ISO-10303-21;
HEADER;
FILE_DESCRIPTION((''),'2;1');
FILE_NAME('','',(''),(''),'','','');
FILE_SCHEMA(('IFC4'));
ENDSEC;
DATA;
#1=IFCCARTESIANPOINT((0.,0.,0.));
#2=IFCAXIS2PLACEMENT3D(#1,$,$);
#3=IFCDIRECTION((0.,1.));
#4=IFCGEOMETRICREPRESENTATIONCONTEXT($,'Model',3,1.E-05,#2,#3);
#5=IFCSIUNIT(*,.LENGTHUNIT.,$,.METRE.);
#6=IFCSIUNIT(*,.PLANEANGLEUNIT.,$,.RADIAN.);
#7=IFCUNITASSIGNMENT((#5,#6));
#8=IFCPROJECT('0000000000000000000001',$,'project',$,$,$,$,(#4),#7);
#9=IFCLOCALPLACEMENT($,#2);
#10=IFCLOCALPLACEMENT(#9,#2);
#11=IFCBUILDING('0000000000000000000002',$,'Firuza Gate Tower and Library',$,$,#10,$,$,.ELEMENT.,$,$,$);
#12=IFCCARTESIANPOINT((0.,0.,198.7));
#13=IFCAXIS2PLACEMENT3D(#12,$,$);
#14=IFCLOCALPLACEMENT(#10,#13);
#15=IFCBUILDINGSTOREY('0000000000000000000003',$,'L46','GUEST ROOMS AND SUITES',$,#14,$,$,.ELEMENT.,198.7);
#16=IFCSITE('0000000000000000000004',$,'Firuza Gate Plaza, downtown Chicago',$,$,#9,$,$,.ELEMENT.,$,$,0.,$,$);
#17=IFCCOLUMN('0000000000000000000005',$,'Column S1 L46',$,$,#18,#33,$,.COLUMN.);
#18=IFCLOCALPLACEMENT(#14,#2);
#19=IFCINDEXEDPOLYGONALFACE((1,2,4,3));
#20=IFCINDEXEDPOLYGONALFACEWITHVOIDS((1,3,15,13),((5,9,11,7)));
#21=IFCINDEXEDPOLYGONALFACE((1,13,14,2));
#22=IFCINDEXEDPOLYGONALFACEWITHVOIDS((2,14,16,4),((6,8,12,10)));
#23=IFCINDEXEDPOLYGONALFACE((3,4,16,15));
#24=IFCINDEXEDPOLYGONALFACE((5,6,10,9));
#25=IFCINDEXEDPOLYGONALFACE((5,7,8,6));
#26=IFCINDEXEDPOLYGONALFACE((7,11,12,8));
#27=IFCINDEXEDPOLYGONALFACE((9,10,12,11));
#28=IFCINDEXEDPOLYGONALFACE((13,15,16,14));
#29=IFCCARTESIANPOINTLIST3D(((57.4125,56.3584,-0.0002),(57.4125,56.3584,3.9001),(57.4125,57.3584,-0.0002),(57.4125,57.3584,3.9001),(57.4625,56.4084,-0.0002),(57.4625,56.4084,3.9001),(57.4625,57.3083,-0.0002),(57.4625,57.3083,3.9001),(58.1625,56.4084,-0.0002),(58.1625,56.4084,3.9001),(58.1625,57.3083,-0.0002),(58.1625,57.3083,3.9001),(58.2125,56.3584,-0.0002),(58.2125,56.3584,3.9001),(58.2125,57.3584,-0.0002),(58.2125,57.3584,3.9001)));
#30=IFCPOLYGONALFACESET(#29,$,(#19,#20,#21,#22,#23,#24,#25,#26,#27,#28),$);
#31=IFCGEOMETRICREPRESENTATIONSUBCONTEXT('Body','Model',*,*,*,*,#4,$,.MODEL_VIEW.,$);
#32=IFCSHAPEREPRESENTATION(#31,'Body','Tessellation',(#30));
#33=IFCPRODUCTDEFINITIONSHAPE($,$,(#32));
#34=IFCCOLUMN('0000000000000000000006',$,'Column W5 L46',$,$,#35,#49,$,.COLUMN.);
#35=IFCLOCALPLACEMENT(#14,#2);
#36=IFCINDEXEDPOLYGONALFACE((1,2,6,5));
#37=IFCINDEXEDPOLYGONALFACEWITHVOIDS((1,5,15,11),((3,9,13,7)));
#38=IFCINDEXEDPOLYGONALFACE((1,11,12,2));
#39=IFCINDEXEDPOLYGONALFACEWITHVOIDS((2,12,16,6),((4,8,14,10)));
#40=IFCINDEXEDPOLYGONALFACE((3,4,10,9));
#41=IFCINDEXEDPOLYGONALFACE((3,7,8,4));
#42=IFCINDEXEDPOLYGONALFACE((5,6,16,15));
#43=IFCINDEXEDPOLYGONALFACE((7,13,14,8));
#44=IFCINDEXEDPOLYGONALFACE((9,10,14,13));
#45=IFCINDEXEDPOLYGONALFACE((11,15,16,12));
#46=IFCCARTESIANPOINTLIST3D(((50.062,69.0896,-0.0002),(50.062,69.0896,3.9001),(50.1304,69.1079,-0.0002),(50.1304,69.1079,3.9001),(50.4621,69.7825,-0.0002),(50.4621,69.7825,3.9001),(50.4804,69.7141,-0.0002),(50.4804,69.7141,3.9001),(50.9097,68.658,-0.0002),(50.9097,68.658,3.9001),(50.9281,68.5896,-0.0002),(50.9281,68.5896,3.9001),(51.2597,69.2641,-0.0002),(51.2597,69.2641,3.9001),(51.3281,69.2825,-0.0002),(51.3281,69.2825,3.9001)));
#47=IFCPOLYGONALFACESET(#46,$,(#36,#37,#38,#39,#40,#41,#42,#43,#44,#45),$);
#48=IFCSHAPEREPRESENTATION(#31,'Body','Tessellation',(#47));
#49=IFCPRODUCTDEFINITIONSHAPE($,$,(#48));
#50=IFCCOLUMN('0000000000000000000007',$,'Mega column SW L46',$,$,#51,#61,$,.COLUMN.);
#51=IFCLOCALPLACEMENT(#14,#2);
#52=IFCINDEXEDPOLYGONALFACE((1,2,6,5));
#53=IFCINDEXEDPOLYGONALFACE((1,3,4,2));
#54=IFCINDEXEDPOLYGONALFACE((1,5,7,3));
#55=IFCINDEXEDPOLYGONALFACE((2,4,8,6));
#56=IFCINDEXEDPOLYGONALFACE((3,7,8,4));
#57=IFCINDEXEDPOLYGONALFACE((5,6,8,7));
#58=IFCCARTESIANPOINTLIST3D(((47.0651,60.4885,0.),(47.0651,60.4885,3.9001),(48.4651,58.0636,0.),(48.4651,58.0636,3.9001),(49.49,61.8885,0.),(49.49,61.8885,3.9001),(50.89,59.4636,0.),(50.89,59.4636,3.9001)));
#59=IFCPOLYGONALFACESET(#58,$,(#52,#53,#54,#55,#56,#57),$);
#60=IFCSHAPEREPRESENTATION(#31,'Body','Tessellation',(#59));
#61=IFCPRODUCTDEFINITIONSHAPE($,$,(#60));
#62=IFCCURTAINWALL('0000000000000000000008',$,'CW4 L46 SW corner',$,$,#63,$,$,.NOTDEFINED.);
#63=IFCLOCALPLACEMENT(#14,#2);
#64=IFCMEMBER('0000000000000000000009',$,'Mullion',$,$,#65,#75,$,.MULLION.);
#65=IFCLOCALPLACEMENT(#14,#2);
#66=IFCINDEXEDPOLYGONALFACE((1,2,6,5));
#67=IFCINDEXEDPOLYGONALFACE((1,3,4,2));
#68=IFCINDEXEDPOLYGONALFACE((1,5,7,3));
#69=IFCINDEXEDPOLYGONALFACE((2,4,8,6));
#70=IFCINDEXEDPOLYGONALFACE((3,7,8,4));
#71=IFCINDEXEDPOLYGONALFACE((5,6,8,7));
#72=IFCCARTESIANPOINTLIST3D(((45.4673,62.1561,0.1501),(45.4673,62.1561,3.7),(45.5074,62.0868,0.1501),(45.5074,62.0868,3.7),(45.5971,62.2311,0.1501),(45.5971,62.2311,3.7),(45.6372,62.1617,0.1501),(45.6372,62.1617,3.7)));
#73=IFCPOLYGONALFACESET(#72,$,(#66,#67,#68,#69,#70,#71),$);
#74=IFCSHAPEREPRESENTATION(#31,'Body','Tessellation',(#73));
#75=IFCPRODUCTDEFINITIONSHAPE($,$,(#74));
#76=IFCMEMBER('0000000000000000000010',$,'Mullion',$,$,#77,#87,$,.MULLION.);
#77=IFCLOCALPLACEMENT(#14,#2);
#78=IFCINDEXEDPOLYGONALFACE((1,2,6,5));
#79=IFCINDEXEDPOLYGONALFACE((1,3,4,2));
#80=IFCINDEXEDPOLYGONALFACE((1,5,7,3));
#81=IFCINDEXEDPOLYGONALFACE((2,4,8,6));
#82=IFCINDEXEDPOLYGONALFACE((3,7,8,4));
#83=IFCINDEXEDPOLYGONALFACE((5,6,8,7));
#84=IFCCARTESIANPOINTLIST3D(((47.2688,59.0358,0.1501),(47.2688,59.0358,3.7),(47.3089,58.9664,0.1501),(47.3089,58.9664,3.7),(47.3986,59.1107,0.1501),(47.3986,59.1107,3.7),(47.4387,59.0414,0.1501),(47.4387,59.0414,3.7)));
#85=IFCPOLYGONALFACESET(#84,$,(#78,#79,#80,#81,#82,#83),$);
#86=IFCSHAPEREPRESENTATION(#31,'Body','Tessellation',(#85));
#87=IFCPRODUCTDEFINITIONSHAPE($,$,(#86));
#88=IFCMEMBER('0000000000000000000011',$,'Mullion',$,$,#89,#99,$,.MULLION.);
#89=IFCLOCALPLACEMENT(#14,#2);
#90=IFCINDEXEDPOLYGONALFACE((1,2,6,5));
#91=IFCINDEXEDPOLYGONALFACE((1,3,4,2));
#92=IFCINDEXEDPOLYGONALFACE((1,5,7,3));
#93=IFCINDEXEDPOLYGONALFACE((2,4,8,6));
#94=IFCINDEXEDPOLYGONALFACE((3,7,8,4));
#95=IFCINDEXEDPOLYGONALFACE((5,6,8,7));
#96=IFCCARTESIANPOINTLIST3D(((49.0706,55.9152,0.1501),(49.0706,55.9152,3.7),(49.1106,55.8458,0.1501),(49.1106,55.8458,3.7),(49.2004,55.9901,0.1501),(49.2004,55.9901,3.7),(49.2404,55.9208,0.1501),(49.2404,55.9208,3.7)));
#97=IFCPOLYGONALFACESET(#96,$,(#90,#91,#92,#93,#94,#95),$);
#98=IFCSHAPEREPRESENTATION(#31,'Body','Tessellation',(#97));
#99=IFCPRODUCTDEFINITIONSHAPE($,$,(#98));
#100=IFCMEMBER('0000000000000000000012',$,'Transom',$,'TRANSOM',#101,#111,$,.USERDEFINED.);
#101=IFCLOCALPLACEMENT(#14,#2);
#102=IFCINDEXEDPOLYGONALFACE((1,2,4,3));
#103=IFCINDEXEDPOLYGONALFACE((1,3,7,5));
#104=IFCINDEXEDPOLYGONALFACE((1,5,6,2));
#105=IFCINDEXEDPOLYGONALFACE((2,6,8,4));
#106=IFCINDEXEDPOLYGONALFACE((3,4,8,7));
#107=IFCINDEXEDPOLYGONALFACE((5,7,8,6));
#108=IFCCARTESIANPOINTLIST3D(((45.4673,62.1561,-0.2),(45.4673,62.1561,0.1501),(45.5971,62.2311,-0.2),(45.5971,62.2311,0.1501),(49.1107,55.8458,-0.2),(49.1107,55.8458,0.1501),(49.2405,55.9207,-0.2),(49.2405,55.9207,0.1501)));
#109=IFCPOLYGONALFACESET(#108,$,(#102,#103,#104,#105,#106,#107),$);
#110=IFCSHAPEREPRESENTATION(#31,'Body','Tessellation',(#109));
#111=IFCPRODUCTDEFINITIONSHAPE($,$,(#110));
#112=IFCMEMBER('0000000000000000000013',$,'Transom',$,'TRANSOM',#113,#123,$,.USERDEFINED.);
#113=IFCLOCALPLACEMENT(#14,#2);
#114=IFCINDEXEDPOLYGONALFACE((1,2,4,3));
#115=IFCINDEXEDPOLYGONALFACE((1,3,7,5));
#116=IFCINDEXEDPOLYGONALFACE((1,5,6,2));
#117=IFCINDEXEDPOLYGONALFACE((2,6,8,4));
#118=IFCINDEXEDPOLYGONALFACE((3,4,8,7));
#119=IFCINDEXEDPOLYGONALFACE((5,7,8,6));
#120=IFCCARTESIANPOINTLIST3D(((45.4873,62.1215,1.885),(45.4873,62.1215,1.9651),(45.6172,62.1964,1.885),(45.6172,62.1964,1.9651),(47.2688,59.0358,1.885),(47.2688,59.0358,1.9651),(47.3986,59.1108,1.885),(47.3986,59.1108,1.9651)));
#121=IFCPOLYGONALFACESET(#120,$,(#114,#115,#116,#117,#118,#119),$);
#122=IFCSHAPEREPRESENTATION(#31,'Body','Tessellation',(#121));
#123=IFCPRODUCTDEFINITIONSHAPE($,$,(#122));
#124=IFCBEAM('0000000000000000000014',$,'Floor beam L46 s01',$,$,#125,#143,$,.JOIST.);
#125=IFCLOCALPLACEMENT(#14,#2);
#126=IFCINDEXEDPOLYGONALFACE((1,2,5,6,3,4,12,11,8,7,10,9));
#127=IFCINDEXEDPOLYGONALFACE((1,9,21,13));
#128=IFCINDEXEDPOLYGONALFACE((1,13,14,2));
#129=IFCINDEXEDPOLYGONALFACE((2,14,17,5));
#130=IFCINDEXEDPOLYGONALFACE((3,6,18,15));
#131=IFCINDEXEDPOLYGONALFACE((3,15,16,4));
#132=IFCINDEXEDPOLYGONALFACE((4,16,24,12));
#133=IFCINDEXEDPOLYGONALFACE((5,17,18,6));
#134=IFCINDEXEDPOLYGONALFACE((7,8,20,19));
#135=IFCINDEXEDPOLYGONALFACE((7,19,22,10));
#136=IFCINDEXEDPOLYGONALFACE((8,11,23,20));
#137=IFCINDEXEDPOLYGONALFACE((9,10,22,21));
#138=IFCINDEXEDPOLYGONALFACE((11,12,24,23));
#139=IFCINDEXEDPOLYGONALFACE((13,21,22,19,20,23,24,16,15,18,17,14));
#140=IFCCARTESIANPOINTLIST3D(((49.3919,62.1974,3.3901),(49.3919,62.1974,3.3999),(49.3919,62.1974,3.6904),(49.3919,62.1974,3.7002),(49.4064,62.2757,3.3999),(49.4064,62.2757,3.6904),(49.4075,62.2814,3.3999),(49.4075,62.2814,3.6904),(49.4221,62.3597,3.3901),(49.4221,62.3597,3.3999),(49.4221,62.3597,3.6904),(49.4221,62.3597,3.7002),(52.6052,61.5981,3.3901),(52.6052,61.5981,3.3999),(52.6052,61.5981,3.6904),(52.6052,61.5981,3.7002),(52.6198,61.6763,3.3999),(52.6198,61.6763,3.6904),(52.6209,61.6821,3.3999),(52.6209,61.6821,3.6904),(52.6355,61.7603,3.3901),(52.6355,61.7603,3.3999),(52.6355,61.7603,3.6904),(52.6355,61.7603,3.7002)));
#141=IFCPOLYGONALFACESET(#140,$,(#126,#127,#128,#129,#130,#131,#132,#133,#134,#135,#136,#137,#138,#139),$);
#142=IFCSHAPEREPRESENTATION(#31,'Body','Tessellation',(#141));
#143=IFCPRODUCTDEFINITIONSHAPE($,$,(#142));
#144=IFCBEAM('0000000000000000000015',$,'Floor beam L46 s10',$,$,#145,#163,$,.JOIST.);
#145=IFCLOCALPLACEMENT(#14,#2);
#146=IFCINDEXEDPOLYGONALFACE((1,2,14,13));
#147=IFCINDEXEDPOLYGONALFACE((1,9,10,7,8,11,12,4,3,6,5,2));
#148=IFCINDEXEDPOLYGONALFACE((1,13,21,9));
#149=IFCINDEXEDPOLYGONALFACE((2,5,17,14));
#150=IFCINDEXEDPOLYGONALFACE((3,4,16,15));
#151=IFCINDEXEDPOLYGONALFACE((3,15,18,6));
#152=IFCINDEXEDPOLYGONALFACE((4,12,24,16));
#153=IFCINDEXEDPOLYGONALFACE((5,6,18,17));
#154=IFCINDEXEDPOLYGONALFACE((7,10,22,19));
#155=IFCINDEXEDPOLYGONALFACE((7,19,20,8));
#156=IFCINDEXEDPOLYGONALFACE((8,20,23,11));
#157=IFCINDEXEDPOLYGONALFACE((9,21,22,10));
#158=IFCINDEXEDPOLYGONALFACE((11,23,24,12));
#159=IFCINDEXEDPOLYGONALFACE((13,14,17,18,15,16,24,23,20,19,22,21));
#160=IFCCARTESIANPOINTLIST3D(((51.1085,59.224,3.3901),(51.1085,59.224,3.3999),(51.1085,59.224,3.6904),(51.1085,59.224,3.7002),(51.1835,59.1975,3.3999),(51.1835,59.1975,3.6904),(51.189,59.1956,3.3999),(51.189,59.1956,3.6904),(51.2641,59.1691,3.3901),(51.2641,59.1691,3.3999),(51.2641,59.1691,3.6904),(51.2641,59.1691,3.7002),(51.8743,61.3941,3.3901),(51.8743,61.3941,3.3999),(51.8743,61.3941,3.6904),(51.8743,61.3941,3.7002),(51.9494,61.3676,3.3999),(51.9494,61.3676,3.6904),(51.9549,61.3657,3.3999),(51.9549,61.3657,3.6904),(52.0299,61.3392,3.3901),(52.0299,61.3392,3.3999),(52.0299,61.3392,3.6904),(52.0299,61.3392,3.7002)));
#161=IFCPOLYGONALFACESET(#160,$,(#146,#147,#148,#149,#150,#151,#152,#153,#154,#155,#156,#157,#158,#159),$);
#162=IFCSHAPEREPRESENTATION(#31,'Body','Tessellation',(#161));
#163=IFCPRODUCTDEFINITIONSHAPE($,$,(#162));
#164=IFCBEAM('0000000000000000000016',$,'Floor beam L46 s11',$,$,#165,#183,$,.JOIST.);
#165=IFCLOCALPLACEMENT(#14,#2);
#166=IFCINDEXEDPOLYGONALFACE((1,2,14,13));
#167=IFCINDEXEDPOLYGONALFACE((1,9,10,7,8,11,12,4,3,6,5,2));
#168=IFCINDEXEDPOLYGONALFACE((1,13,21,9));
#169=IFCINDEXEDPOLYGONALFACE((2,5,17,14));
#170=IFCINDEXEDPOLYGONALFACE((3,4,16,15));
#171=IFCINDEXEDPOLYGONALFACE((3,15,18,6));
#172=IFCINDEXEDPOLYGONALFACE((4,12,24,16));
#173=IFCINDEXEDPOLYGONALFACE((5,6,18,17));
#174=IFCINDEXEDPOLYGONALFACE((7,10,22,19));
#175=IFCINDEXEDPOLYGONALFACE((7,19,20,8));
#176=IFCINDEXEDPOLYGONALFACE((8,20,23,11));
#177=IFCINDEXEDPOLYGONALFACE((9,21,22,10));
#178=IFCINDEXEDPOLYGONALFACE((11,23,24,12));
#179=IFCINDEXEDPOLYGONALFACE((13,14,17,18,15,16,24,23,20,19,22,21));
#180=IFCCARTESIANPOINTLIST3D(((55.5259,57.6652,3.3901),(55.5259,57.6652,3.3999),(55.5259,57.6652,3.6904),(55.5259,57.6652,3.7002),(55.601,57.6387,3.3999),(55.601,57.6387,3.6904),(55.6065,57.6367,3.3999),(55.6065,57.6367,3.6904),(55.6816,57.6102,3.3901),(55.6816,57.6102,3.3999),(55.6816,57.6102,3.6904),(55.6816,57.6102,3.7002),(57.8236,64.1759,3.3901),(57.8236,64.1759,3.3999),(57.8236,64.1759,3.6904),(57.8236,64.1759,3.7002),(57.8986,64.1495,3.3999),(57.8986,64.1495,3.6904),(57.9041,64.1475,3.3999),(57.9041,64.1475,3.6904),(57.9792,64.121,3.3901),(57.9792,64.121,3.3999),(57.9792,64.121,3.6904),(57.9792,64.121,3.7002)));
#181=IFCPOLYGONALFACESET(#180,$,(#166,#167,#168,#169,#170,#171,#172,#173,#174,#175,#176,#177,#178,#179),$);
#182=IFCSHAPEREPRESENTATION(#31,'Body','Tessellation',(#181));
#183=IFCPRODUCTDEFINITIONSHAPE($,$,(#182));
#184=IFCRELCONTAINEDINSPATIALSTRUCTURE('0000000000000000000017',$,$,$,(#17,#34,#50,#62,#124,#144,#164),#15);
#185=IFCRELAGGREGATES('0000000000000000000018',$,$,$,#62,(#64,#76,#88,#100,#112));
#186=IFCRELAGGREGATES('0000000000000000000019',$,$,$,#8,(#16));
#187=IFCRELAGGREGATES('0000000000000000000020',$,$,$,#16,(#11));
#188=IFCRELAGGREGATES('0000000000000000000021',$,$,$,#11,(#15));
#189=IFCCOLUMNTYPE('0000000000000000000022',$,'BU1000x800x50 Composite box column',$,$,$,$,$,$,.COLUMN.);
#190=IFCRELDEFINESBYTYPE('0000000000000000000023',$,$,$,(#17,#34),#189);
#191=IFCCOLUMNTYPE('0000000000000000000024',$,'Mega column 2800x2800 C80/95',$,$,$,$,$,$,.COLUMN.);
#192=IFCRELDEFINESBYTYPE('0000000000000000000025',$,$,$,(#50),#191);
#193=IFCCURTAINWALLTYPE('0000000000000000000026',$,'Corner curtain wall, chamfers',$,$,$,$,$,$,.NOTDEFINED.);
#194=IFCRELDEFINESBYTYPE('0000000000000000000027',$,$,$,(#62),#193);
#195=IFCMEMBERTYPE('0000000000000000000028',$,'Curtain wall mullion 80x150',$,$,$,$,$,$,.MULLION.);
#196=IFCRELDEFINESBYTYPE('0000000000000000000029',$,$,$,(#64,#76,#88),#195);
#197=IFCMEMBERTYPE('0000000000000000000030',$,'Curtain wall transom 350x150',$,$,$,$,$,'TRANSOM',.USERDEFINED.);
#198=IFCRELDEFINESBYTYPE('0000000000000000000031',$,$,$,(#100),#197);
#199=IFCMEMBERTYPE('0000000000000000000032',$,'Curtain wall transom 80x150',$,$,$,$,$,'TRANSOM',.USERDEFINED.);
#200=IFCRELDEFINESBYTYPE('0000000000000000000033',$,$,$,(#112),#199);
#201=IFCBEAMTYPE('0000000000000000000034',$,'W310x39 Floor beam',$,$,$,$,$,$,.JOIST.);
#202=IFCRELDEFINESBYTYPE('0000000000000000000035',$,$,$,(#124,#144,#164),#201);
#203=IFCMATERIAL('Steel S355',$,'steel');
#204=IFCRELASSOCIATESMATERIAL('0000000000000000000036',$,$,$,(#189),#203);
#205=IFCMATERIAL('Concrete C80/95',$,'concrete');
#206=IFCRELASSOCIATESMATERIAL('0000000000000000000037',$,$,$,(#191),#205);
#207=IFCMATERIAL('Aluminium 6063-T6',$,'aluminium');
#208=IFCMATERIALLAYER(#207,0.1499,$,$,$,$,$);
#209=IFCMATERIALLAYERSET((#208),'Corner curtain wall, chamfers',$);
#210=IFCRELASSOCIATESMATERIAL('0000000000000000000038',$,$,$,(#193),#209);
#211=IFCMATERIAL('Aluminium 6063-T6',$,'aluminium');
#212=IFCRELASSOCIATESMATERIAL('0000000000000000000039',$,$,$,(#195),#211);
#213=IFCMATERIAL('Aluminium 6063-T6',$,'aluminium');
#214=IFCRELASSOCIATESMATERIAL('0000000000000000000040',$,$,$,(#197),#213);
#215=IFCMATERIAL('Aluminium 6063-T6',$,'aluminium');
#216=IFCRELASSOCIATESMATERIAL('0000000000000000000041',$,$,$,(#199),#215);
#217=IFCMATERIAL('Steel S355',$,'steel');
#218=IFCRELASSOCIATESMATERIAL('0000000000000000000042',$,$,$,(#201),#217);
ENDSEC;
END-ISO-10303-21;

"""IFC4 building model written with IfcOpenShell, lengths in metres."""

from ifc_helpers import new_model, si_unit, direction, frame, origin, origin_2d, place, context, subcontext, project, spatial, rectangle, hollow_rectangle, i_section, extrude, material, layer, layer_set, material_profile, profile_set, type_object, element, aggregate, save


model = new_model("IFC4")

# Units and contexts
model_context = context("Model", 3, precision=1e-05, world=origin(), true_north=direction((0.0, 1.0)))
body_context = subcontext(model_context, "Body", "Model", "MODEL_VIEW")
ifc_project = project(units=[si_unit("LENGTHUNIT", "METRE"), si_unit("PLANEANGLEUNIT", "RADIAN")], contexts=[model_context])

# Site, building, storey
site_placement = place(None, origin())
site = spatial("IfcSite", under=ifc_project, at=site_placement, Name="Firuza Gate Plaza, downtown Chicago", CompositionType="ELEMENT", RefElevation=0.0)
building_placement = place(site_placement, origin())
building = spatial("IfcBuilding", under=site, at=building_placement, Name="Firuza Gate Tower and Library", CompositionType="ELEMENT")
storey_placement = place(building_placement, frame((0.0, 0.0, 198.7)))
storey = spatial("IfcBuildingStorey", under=building, at=storey_placement, Name="L46", Description="GUEST ROOMS AND SUITES", CompositionType="ELEMENT", Elevation=198.7)

# Columns
ifc_material_1 = material(Name="Steel S355", Category="steel")
ifc_material_profile_1 = material_profile(ifc_material_1, hollow_rectangle(XDim=0.8, YDim=1.0, WallThickness=0.05, at=origin_2d()))
ifc_profile_set_1 = profile_set([ifc_material_profile_1], Name="Steel S355")
column_type_1 = type_object("IfcColumnType", Name="BU1000x800x50 Composite box column", PredefinedType="COLUMN", material=ifc_profile_set_1)
for number, where, z_axis, x_axis, name in (
    (1, (57.8125, 56.8584, -0.0002), (0.0, 0.0, 1.0), (1.0, 0.0, 0.0), "Column S1 L46"),
    (2, (50.6951, 69.186, -0.0002), (0.0, 0.0, 1.0), (-0.5, -0.866025, 0.0), "Column W5 L46"),
):
    element("IfcColumn", number, at=place(storey_placement, frame(where, z_axis=z_axis, x_axis=x_axis)), inside=storey, type_object=column_type_1, Name=name, PredefinedType="COLUMN", context=body_context, shape_type="SweptSolid", body=[
        extrude(hollow_rectangle(XDim=0.8, YDim=1.0, WallThickness=0.05, at=origin_2d()), origin(), (0.0, 0.0, 1.0), 3.9004),
    ])
ifc_material_2 = material(Name="Concrete C80/95", Category="concrete")
ifc_material_profile_2 = material_profile(ifc_material_2, rectangle(XDim=2.8, YDim=2.8, at=origin_2d()))
ifc_profile_set_2 = profile_set([ifc_material_profile_2], Name="Concrete C80/95")
column_type_2 = type_object("IfcColumnType", Name="Mega column 2800x2800 C80/95", PredefinedType="COLUMN", material=ifc_profile_set_2)
column_placement = place(storey_placement, frame((48.9775, 59.9761, 0.0), z_axis=(0.0, 0.0, 1.0), x_axis=(0.5, -0.866025, 0.0)))
element("IfcColumn", 3, at=column_placement, inside=storey, type_object=column_type_2, Name="Mega column SW L46", PredefinedType="COLUMN", context=body_context, shape_type="SweptSolid", body=[
    extrude(rectangle(XDim=2.8, YDim=2.8, at=origin_2d()), origin(), (0.0, 0.0, 1.0), 3.9001),
])

# Curtain wall, members
ifc_material_3 = material(Name="Aluminium 6063-T6", Category="aluminium")
ifc_layer_1 = layer(ifc_material_3, 0.1499)
ifc_layer_set_1 = layer_set([ifc_layer_1], Name="Corner curtain wall, chamfers")
curtain_wall_type = type_object("IfcCurtainWallType", Name="Corner curtain wall, chamfers", PredefinedType="NOTDEFINED", material=ifc_layer_set_1)
placement_1 = place(storey_placement, origin())
curtain_wall = element("IfcCurtainWall", 4, at=placement_1, inside=storey, type_object=curtain_wall_type, Name="CW4 L46 SW corner", PredefinedType="NOTDEFINED")
ifc_material_4 = material(Name="Aluminium 6063-T6", Category="aluminium")
ifc_material_profile_3 = material_profile(ifc_material_4, rectangle(XDim=0.1499, YDim=0.0801, at=origin_2d()))
ifc_profile_set_3 = profile_set([ifc_material_profile_3], Name="Aluminium 6063-T6")
member_type_1 = type_object("IfcMemberType", Name="Curtain wall mullion 80x150", PredefinedType="MULLION", material=ifc_profile_set_3)
member_1_placement = place(storey_placement, frame((45.5522, 62.1589, 0.1501), z_axis=(0.0, 0.0, 1.0), x_axis=(0.866025, 0.5, 0.0)))
member_1 = element("IfcMember", 5, at=member_1_placement, type_object=member_type_1, Name="Mullion", PredefinedType="MULLION", context=body_context, shape_type="SweptSolid", body=[
    extrude(rectangle(XDim=0.1499, YDim=0.0801, at=origin_2d()), origin(), (0.0, 0.0, 1.0), 3.5498),
])
member_2_placement = place(storey_placement, frame((47.3538, 59.0386, 0.1501), z_axis=(0.0, 0.0, 1.0), x_axis=(0.866025, 0.5, 0.0)))
member_2 = element("IfcMember", 6, at=member_2_placement, type_object=member_type_1, Name="Mullion", PredefinedType="MULLION", context=body_context, shape_type="SweptSolid", body=[
    extrude(rectangle(XDim=0.1499, YDim=0.0801, at=origin_2d()), origin(), (0.0, 0.0, 1.0), 3.5498),
])
member_3_placement = place(storey_placement, frame((49.1555, 55.918, 0.1501), z_axis=(0.0, 0.0, 1.0), x_axis=(0.866025, 0.5, 0.0)))
member_3 = element("IfcMember", 7, at=member_3_placement, type_object=member_type_1, Name="Mullion", PredefinedType="MULLION", context=body_context, shape_type="SweptSolid", body=[
    extrude(rectangle(XDim=0.1499, YDim=0.0801, at=origin_2d()), origin(), (0.0, 0.0, 1.0), 3.5498),
])
ifc_material_5 = material(Name="Aluminium 6063-T6", Category="aluminium")
ifc_material_profile_4 = material_profile(ifc_material_5, rectangle(XDim=0.1499, YDim=0.3501, at=origin_2d()))
ifc_profile_set_4 = profile_set([ifc_material_profile_4], Name="Aluminium 6063-T6")
member_type_2 = type_object("IfcMemberType", Name="Curtain wall transom 350x150", ElementType="TRANSOM", PredefinedType="USERDEFINED", material=ifc_profile_set_4)
member_4_placement = place(storey_placement, frame((45.5322, 62.1936, -0.0249), z_axis=(0.500006, -0.866022, 0.0), x_axis=(0.866022, 0.500006, 0.0)))
member_4 = element("IfcMember", 8, at=member_4_placement, type_object=member_type_2, Name="Transom", ObjectType="TRANSOM", PredefinedType="USERDEFINED", context=body_context, shape_type="SweptSolid", body=[
    extrude(rectangle(XDim=0.1499, YDim=0.3501, at=origin_2d()), origin(), (0.0, 0.0, 1.0), 7.2866),
])
ifc_material_6 = material(Name="Aluminium 6063-T6", Category="aluminium")
ifc_material_profile_5 = material_profile(ifc_material_6, rectangle(XDim=0.1499, YDim=0.0801, at=origin_2d()))
ifc_profile_set_5 = profile_set([ifc_material_profile_5], Name="Aluminium 6063-T6")
member_type_3 = type_object("IfcMemberType", Name="Curtain wall transom 80x150", ElementType="TRANSOM", PredefinedType="USERDEFINED", material=ifc_profile_set_5)
member_5_placement = place(storey_placement, frame((45.5522, 62.1589, 1.925), z_axis=(0.499993, -0.866029, 0.0), x_axis=(0.866029, 0.499993, 0.0)))
member_5 = element("IfcMember", 9, at=member_5_placement, type_object=member_type_3, Name="Transom", ObjectType="TRANSOM", PredefinedType="USERDEFINED", context=body_context, shape_type="SweptSolid", body=[
    extrude(rectangle(XDim=0.1499, YDim=0.0801, at=origin_2d()), origin(), (0.0, 0.0, 1.0), 3.563),
])

# Beams
ifc_material_7 = material(Name="Steel S355", Category="steel")
ifc_material_profile_6 = material_profile(ifc_material_7, i_section(OverallWidth=0.165, OverallDepth=0.3101, WebThickness=0.0059, FlangeThickness=0.0098, at=origin_2d()))
ifc_profile_set_6 = profile_set([ifc_material_profile_6], Name="Steel S355")
beam_type_1 = type_object("IfcBeamType", Name="W310x39 Floor beam", PredefinedType="JOIST", material=ifc_profile_set_6)
beam_1_placement = place(storey_placement, frame((49.407, 62.2786, 3.5452), z_axis=(0.983046, -0.18336, 0.0), x_axis=(0.18336, 0.983046, 0.0)))
element("IfcBeam", 10, at=beam_1_placement, inside=storey, type_object=beam_type_1, Name="Floor beam L46 s01", PredefinedType="JOIST", context=body_context, shape_type="SweptSolid", body=[
    extrude(i_section(OverallWidth=0.165, OverallDepth=0.3101, WebThickness=0.0059, FlangeThickness=0.0098, at=origin_2d()), origin(), (0.0, 0.0, 1.0), 3.2688),
])
beam_2_placement = place(storey_placement, frame((51.1863, 59.1965, 3.5452), z_axis=(0.332792, 0.943, 0.0), x_axis=(-0.943, 0.332792, 0.0)))
element("IfcBeam", 11, at=beam_2_placement, inside=storey, type_object=beam_type_1, Name="Floor beam L46 s10", PredefinedType="JOIST", context=body_context, shape_type="SweptSolid", body=[
    extrude(i_section(OverallWidth=0.165, OverallDepth=0.3101, WebThickness=0.0059, FlangeThickness=0.0098, at=origin_2d()), origin(), (0.0, 0.0, 1.0), 2.3013),
])
beam_3_placement = place(storey_placement, frame((55.6038, 57.6377, 3.5452), z_axis=(0.332781, 0.943004, 0.0), x_axis=(-0.943004, 0.332781, 0.0)))
element("IfcBeam", 12, at=beam_3_placement, inside=storey, type_object=beam_type_1, Name="Floor beam L46 s11", PredefinedType="JOIST", context=body_context, shape_type="SweptSolid", body=[
    extrude(i_section(OverallWidth=0.165, OverallDepth=0.3101, WebThickness=0.0059, FlangeThickness=0.0098, at=origin_2d()), origin(), (0.0, 0.0, 1.0), 6.9043),
])

aggregate(curtain_wall, [member_1, member_2, member_3, member_4, member_5])

save(model, "model.ifc")
